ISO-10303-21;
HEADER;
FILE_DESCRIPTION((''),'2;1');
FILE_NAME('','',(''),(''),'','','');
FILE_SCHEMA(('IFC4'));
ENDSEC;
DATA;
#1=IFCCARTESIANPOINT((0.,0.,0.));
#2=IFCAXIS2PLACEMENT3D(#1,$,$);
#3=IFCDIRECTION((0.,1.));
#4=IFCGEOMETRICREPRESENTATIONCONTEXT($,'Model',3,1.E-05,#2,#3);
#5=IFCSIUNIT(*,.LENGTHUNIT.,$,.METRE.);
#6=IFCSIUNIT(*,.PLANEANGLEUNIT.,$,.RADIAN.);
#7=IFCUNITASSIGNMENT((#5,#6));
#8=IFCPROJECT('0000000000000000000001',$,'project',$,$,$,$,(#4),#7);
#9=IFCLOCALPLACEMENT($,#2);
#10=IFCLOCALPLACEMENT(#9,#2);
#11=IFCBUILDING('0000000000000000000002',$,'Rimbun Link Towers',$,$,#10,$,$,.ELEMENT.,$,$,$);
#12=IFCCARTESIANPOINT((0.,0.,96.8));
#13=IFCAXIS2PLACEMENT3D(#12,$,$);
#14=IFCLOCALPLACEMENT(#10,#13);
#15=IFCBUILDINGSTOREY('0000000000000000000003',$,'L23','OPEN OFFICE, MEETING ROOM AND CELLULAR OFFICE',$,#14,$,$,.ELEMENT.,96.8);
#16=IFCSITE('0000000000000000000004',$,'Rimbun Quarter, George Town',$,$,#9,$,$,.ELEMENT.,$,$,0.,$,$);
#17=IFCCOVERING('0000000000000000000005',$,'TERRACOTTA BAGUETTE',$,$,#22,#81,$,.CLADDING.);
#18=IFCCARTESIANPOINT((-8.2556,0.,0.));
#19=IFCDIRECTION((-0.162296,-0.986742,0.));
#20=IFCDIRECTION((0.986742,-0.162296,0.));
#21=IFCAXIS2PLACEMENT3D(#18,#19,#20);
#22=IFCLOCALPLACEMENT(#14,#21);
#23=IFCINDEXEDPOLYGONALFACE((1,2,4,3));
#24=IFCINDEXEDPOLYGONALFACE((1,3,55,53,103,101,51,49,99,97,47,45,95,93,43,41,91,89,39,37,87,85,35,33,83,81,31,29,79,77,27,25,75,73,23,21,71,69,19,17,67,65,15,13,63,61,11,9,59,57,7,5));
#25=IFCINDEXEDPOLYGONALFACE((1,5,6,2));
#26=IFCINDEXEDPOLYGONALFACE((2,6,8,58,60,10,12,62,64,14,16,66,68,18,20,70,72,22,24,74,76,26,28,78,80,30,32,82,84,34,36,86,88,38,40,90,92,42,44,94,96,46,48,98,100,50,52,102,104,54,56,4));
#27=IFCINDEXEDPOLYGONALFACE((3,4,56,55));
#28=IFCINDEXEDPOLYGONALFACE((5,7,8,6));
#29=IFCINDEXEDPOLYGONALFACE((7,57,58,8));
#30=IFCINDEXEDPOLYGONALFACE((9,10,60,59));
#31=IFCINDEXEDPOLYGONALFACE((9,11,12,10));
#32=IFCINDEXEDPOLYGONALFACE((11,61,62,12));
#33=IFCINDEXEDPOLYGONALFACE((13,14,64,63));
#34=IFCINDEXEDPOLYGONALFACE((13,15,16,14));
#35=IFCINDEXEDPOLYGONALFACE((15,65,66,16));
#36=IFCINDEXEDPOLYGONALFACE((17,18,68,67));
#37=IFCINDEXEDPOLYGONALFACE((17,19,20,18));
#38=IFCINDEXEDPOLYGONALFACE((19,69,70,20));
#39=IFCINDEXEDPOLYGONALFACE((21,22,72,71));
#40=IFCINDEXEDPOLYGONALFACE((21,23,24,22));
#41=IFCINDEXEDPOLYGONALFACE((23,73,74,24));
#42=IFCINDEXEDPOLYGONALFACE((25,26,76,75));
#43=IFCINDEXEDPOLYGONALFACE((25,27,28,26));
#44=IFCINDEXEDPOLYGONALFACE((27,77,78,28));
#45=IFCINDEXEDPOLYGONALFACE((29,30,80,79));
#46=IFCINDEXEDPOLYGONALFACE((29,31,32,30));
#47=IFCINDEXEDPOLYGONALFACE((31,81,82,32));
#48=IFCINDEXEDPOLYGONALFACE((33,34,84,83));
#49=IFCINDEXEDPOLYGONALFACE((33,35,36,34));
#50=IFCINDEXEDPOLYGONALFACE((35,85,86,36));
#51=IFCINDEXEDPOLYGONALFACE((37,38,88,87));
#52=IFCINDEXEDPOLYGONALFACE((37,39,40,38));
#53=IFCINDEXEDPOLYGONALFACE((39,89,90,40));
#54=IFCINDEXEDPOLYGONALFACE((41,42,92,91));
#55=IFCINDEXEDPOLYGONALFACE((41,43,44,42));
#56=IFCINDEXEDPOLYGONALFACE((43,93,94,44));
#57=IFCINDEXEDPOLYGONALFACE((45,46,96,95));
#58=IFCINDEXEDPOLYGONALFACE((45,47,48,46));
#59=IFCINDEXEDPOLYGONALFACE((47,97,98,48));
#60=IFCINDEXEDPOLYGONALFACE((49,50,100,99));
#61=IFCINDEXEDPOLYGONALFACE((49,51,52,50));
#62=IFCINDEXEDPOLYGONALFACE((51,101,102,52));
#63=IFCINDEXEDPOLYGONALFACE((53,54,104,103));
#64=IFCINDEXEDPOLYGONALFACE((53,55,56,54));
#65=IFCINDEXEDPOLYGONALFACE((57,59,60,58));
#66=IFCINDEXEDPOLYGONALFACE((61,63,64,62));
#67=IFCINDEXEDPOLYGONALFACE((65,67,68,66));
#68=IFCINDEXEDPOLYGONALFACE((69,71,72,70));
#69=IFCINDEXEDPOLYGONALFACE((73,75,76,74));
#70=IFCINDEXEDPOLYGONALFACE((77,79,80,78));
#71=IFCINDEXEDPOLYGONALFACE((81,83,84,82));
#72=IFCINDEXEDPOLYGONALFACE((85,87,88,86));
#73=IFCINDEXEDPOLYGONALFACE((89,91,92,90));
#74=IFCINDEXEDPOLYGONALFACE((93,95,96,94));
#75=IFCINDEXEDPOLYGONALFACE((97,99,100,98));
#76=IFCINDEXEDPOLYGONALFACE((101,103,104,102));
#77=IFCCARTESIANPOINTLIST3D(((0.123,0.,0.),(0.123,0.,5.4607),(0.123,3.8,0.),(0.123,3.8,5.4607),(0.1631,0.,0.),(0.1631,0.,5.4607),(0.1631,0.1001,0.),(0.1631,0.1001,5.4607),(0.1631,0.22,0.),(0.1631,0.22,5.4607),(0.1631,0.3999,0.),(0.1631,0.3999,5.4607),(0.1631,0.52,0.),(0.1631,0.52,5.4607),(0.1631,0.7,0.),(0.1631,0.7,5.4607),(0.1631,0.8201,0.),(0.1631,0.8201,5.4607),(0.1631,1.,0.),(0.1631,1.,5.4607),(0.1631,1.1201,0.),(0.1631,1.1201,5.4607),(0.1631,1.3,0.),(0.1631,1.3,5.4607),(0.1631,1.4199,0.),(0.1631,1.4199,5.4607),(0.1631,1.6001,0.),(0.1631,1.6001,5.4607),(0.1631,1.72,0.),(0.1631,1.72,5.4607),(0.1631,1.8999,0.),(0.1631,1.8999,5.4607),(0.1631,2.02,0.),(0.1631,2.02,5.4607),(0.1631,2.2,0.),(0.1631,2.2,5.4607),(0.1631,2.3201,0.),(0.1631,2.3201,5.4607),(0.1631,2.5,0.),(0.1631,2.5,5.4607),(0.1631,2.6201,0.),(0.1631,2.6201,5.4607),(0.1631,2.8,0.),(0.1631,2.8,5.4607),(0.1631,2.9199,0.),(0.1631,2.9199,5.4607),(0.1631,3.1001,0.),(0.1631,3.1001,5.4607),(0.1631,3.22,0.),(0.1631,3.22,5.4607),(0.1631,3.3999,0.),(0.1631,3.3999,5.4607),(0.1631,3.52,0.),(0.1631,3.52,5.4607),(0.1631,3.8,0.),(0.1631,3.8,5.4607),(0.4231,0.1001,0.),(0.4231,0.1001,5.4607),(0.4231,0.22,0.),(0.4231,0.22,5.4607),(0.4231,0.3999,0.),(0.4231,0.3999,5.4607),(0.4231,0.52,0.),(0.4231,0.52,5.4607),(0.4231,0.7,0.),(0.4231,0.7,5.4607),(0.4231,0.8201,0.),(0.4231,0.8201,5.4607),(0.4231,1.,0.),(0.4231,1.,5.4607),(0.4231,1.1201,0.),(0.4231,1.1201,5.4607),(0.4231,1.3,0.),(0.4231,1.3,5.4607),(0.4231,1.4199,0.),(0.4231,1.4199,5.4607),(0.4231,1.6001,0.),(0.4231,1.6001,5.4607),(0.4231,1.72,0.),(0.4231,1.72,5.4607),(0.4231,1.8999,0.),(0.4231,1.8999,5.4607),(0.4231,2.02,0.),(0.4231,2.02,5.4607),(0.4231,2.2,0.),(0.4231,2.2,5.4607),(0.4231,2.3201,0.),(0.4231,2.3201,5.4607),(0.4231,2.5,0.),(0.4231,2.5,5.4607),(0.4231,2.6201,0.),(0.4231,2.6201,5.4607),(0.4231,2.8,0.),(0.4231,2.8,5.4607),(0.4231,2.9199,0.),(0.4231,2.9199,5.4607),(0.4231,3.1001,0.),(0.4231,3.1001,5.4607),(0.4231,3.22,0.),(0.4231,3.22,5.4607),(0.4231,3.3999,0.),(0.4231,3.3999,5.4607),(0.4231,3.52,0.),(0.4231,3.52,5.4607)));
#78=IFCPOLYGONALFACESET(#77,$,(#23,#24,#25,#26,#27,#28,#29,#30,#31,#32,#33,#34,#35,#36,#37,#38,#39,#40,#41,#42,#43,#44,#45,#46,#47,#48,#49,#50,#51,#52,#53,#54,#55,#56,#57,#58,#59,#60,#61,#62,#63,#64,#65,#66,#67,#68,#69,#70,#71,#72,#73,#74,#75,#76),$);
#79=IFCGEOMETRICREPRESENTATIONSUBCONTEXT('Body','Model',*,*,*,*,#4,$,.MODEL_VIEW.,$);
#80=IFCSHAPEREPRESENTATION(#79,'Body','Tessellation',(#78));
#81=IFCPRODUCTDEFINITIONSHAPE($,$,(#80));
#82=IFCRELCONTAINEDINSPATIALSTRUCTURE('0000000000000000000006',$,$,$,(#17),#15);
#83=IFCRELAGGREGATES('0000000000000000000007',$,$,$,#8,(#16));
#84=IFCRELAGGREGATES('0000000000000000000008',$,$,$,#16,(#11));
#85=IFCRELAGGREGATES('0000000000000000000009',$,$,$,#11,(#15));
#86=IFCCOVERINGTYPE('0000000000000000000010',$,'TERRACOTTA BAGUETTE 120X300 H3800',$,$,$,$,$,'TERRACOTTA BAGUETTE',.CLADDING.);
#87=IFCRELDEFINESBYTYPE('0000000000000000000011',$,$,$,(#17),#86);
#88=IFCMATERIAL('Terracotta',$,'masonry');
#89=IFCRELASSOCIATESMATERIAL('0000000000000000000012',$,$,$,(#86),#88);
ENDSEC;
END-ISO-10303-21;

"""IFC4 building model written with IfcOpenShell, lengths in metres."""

from ifc_helpers import new_model, si_unit, direction, frame, origin, place, context, subcontext, project, spatial, polyline, outline, extrude, material, material_profile, profile_set, type_object, element, save


model = new_model("IFC4")

# Units and contexts
model_context = context("Model", 3, precision=1e-05, world=origin(), true_north=direction((0.0, 1.0)))
body_context = subcontext(model_context, "Body", "Model", "MODEL_VIEW")
ifc_project = project(units=[si_unit("LENGTHUNIT", "METRE"), si_unit("PLANEANGLEUNIT", "RADIAN")], contexts=[model_context])

# Site, building, storey
site_placement = place(None, origin())
site = spatial("IfcSite", under=ifc_project, at=site_placement, Name="Rimbun Quarter, George Town", CompositionType="ELEMENT", RefElevation=0.0)
building_placement = place(site_placement, origin())
building = spatial("IfcBuilding", under=site, at=building_placement, Name="Rimbun Link Towers", CompositionType="ELEMENT")
storey_placement = place(building_placement, frame((0.0, 0.0, 96.8)))
storey = spatial("IfcBuildingStorey", under=building, at=storey_placement, Name="L23", Description="OPEN OFFICE, MEETING ROOM AND CELLULAR OFFICE", CompositionType="ELEMENT", Elevation=96.8)

# Covering
ifc_material_1 = material(Name="Terracotta", Category="masonry")
ifc_material_profile_1 = material_profile(ifc_material_1, outline(polyline([(0.123, 0.0), (0.1631, 0.0), (0.1631, 0.1001), (0.4231, 0.1001), (0.4231, 0.22), (0.1631, 0.22), (0.1631, 0.3999), (0.4231, 0.3999), (0.4231, 0.52), (0.1631, 0.52), (0.1631, 0.7), (0.4231, 0.7), (0.4231, 0.8201), (0.1631, 0.8201), (0.1631, 1.0), (0.4231, 1.0), (0.4231, 1.1201), (0.1631, 1.1201), (0.1631, 1.3), (0.4231, 1.3), (0.4231, 1.4199), (0.1631, 1.4199), (0.1631, 1.6001), (0.4231, 1.6001), (0.4231, 1.72), (0.1631, 1.72), (0.1631, 1.8999), (0.4231, 1.8999), (0.4231, 2.02), (0.1631, 2.02), (0.1631, 2.2), (0.4231, 2.2), (0.4231, 2.3201), (0.1631, 2.3201), (0.1631, 2.5), (0.4231, 2.5), (0.4231, 2.6201), (0.1631, 2.6201), (0.1631, 2.8), (0.4231, 2.8), (0.4231, 2.9199), (0.1631, 2.9199), (0.1631, 3.1001), (0.4231, 3.1001), (0.4231, 3.22), (0.1631, 3.22), (0.1631, 3.3999), (0.4231, 3.3999), (0.4231, 3.52), (0.1631, 3.52), (0.1631, 3.8), (0.123, 3.8), (0.123, 0.0)])), Name="BAGUETTE 120X300")
ifc_profile_set_1 = profile_set([ifc_material_profile_1], Name="Terracotta")
covering_type = type_object("IfcCoveringType", Name="TERRACOTTA BAGUETTE 120X300 H3800", ElementType="TERRACOTTA BAGUETTE", PredefinedType="CLADDING", material=ifc_profile_set_1)
covering_1_placement = place(storey_placement, frame((-8.2556, 0.0, 0.0), z_axis=(-0.162296, -0.986742, 0.0), x_axis=(0.986742, -0.162296, 0.0)))
element("IfcCovering", 1, at=covering_1_placement, inside=storey, type_object=covering_type, Name="TERRACOTTA BAGUETTE", PredefinedType="CLADDING", context=body_context, shape_type="SweptSolid", body=[
    extrude(outline(polyline([(0.123, 0.0), (0.1631, 0.0), (0.1631, 0.1001), (0.4231, 0.1001), (0.4231, 0.22), (0.1631, 0.22), (0.1631, 0.3999), (0.4231, 0.3999), (0.4231, 0.52), (0.1631, 0.52), (0.1631, 0.7), (0.4231, 0.7), (0.4231, 0.8201), (0.1631, 0.8201), (0.1631, 1.0), (0.4231, 1.0), (0.4231, 1.1201), (0.1631, 1.1201), (0.1631, 1.3), (0.4231, 1.3), (0.4231, 1.4199), (0.1631, 1.4199), (0.1631, 1.6001), (0.4231, 1.6001), (0.4231, 1.72), (0.1631, 1.72), (0.1631, 1.8999), (0.4231, 1.8999), (0.4231, 2.02), (0.1631, 2.02), (0.1631, 2.2), (0.4231, 2.2), (0.4231, 2.3201), (0.1631, 2.3201), (0.1631, 2.5), (0.4231, 2.5), (0.4231, 2.6201), (0.1631, 2.6201), (0.1631, 2.8), (0.4231, 2.8), (0.4231, 2.9199), (0.1631, 2.9199), (0.1631, 3.1001), (0.4231, 3.1001), (0.4231, 3.22), (0.1631, 3.22), (0.1631, 3.3999), (0.4231, 3.3999), (0.4231, 3.52), (0.1631, 3.52), (0.1631, 3.8), (0.123, 3.8), (0.123, 0.0)])), origin(), (0.0, 0.0, 1.0), 5.4607),
])

save(model, "model.ifc")
